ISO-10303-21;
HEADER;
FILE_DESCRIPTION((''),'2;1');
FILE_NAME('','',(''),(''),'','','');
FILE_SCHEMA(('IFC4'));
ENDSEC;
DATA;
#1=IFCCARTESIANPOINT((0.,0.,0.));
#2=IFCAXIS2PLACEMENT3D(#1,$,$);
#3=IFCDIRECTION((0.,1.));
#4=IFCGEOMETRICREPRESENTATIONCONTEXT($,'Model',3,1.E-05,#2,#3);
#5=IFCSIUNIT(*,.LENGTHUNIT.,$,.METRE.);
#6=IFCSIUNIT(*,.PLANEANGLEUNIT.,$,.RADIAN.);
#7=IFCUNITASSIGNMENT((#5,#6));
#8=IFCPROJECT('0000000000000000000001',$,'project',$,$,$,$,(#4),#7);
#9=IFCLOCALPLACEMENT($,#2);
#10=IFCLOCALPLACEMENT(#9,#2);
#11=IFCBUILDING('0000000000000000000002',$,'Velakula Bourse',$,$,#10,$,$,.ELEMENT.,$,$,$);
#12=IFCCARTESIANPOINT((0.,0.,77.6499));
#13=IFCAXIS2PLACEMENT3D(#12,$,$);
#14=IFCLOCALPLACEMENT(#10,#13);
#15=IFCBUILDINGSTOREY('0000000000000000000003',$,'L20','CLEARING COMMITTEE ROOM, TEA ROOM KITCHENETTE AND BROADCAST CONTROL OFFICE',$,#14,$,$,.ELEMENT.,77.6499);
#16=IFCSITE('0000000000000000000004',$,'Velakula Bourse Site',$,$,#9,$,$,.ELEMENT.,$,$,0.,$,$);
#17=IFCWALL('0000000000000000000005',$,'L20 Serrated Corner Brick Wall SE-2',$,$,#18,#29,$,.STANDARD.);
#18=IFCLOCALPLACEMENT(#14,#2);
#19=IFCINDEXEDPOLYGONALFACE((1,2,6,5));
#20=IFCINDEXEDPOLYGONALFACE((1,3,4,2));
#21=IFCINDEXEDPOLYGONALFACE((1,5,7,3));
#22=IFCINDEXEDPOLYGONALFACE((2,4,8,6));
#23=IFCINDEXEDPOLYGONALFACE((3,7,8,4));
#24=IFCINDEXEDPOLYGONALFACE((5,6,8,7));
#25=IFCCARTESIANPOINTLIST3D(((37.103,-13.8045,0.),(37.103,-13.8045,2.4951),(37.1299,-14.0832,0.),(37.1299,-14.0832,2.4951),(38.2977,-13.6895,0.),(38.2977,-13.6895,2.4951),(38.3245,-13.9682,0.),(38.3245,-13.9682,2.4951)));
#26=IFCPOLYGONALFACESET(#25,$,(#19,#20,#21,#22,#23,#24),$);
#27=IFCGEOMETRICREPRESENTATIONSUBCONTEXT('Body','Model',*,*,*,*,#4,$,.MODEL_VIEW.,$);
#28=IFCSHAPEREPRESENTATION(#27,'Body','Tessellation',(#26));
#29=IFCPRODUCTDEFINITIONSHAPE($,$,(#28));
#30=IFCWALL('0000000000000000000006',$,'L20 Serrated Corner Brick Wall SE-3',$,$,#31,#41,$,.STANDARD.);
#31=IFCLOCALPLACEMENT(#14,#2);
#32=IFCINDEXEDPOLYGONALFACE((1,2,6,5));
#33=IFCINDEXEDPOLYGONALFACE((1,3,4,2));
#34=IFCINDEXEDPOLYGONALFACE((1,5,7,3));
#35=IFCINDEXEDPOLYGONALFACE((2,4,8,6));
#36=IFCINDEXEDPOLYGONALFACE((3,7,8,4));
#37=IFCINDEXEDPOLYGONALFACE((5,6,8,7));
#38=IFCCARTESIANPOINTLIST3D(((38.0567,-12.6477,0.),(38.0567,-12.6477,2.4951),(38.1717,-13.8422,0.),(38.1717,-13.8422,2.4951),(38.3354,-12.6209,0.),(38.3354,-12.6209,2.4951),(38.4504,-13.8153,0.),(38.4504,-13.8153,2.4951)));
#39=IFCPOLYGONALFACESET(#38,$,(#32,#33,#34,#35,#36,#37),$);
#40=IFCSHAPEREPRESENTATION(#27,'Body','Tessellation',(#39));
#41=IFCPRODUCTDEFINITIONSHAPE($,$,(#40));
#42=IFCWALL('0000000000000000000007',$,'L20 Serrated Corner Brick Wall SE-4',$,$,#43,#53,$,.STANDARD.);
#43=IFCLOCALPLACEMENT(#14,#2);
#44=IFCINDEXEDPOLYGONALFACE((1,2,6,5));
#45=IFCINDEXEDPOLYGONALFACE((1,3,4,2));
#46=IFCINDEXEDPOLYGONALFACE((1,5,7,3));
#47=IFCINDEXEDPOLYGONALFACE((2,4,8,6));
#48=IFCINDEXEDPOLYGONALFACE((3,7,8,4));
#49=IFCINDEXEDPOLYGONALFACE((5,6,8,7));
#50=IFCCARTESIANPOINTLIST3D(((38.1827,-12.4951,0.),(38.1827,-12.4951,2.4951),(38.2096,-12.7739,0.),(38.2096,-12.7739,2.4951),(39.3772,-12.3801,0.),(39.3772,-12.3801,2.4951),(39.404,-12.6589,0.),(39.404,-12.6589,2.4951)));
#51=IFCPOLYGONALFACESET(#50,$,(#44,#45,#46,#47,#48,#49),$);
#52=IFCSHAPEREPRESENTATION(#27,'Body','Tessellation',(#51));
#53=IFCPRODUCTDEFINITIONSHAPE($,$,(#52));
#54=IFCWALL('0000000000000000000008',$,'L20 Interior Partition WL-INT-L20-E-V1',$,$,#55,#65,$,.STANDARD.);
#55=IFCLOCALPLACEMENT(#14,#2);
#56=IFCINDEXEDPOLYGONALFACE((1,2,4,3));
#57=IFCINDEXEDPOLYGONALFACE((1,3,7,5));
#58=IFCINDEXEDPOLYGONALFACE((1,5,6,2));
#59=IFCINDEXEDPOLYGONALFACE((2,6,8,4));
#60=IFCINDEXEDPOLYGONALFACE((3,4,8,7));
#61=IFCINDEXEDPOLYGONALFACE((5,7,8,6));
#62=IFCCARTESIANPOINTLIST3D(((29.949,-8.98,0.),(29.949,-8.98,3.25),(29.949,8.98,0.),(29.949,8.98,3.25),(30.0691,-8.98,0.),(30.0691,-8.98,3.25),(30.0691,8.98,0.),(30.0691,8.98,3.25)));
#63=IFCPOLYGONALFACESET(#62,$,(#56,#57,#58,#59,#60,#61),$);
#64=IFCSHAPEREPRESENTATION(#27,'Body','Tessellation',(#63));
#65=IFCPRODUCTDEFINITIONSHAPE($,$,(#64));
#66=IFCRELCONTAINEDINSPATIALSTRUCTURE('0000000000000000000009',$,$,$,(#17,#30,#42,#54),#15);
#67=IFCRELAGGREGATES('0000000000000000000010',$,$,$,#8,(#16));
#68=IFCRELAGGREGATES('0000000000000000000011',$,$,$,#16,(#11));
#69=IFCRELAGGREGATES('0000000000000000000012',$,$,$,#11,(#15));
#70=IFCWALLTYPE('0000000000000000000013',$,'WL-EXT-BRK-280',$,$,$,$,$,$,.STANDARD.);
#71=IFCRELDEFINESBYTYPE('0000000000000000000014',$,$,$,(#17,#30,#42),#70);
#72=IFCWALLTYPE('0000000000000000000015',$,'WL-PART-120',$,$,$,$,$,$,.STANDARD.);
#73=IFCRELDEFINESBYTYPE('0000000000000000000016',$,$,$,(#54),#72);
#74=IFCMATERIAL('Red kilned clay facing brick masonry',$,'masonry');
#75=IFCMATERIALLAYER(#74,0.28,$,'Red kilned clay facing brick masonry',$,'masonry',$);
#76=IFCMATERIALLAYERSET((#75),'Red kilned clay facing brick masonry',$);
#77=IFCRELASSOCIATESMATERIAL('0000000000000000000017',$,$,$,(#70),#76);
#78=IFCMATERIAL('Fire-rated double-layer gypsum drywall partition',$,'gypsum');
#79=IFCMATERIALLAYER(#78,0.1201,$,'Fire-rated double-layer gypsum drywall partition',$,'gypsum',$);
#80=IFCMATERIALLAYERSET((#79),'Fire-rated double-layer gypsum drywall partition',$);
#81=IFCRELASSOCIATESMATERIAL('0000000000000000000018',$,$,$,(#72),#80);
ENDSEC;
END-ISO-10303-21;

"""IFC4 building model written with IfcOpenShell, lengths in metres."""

from ifc_helpers import new_model, si_unit, direction, frame, frame_2d, origin, place, context, subcontext, project, spatial, rectangle, extrude, material, layer, layer_set, type_object, element, save


model = new_model("IFC4")

# Units and contexts
model_context = context("Model", 3, precision=1e-05, world=origin(), true_north=direction((0.0, 1.0)))
body_context = subcontext(model_context, "Body", "Model", "MODEL_VIEW")
ifc_project = project(units=[si_unit("LENGTHUNIT", "METRE"), si_unit("PLANEANGLEUNIT", "RADIAN")], contexts=[model_context])

# Site, building, storey
site_placement = place(None, origin())
site = spatial("IfcSite", under=ifc_project, at=site_placement, Name="Velakula Bourse Site", CompositionType="ELEMENT", RefElevation=0.0)
building_placement = place(site_placement, origin())
building = spatial("IfcBuilding", under=site, at=building_placement, Name="Velakula Bourse", CompositionType="ELEMENT")
storey_placement = place(building_placement, frame((0.0, 0.0, 77.6499)))
storey = spatial("IfcBuildingStorey", under=building, at=storey_placement, Name="L20", Description="CLEARING COMMITTEE ROOM, TEA ROOM KITCHENETTE AND BROADCAST CONTROL OFFICE", CompositionType="ELEMENT", Elevation=77.6499)

# Shared definitions
ifc_material_1 = material(Name="Red kilned clay facing brick masonry", Category="masonry")
ifc_layer_1 = layer(ifc_material_1, 0.28, Name="Red kilned clay facing brick masonry", Category="masonry")
ifc_layer_set_1 = layer_set([ifc_layer_1], Name="Red kilned clay facing brick masonry")
wall_type_1 = type_object("IfcWallType", Name="WL-EXT-BRK-280", PredefinedType="STANDARD", material=ifc_layer_set_1)

# Walls
for number, where, z_axis, x_axis, name in (
    (1, (37.1165, -13.9438, 0.0), (0.0, 0.0, 1.0), (0.995399, 0.095817, 0.0), "L20 Serrated Corner Brick Wall SE-2"),
):
    element("IfcWall", number, at=place(storey_placement, frame(where, z_axis=z_axis, x_axis=x_axis)), inside=storey, type_object=wall_type_1, Name=name, PredefinedType="STANDARD", context=body_context, shape_type="SweptSolid", body=[
        extrude(rectangle(XDim=1.2002, YDim=0.28, at=frame_2d((0.6001, 0.0))), origin(), (0.0, 0.0, 1.0), 2.4951),
    ])
for number, where, z_axis, x_axis, name in (
    (2, (38.311, -13.8289, 0.0), (0.0, 0.0, 1.0), (-0.095836, 0.995397, 0.0), "L20 Serrated Corner Brick Wall SE-3"),
    (3, (38.196, -12.6345, 0.0), (0.0, 0.0, 1.0), (0.995397, 0.095836, 0.0), "L20 Serrated Corner Brick Wall SE-4"),
):
    element("IfcWall", number, at=place(storey_placement, frame(where, z_axis=z_axis, x_axis=x_axis)), inside=storey, type_object=wall_type_1, Name=name, PredefinedType="STANDARD", context=body_context, shape_type="SweptSolid", body=[
        extrude(rectangle(XDim=1.2, YDim=0.28, at=frame_2d((0.6001, 0.0))), origin(), (0.0, 0.0, 1.0), 2.4951),
    ])
ifc_material_2 = material(Name="Fire-rated double-layer gypsum drywall partition", Category="gypsum")
ifc_layer_2 = layer(ifc_material_2, 0.1201, Name="Fire-rated double-layer gypsum drywall partition", Category="gypsum")
ifc_layer_set_2 = layer_set([ifc_layer_2], Name="Fire-rated double-layer gypsum drywall partition")
wall_type_2 = type_object("IfcWallType", Name="WL-PART-120", PredefinedType="STANDARD", material=ifc_layer_set_2)
wall_1_placement = place(storey_placement, frame((30.009, -8.98, 0.0), z_axis=(0.0, 0.0, 1.0), x_axis=(0.0, 1.0, 0.0)))
element("IfcWall", 4, at=wall_1_placement, inside=storey, type_object=wall_type_2, Name="L20 Interior Partition WL-INT-L20-E-V1", PredefinedType="STANDARD", context=body_context, shape_type="SweptSolid", body=[
    extrude(rectangle(XDim=17.96, YDim=0.1201, at=frame_2d((8.98, 0.0))), origin(), (0.0, 0.0, 1.0), 3.25),
])

save(model, "model.ifc")
